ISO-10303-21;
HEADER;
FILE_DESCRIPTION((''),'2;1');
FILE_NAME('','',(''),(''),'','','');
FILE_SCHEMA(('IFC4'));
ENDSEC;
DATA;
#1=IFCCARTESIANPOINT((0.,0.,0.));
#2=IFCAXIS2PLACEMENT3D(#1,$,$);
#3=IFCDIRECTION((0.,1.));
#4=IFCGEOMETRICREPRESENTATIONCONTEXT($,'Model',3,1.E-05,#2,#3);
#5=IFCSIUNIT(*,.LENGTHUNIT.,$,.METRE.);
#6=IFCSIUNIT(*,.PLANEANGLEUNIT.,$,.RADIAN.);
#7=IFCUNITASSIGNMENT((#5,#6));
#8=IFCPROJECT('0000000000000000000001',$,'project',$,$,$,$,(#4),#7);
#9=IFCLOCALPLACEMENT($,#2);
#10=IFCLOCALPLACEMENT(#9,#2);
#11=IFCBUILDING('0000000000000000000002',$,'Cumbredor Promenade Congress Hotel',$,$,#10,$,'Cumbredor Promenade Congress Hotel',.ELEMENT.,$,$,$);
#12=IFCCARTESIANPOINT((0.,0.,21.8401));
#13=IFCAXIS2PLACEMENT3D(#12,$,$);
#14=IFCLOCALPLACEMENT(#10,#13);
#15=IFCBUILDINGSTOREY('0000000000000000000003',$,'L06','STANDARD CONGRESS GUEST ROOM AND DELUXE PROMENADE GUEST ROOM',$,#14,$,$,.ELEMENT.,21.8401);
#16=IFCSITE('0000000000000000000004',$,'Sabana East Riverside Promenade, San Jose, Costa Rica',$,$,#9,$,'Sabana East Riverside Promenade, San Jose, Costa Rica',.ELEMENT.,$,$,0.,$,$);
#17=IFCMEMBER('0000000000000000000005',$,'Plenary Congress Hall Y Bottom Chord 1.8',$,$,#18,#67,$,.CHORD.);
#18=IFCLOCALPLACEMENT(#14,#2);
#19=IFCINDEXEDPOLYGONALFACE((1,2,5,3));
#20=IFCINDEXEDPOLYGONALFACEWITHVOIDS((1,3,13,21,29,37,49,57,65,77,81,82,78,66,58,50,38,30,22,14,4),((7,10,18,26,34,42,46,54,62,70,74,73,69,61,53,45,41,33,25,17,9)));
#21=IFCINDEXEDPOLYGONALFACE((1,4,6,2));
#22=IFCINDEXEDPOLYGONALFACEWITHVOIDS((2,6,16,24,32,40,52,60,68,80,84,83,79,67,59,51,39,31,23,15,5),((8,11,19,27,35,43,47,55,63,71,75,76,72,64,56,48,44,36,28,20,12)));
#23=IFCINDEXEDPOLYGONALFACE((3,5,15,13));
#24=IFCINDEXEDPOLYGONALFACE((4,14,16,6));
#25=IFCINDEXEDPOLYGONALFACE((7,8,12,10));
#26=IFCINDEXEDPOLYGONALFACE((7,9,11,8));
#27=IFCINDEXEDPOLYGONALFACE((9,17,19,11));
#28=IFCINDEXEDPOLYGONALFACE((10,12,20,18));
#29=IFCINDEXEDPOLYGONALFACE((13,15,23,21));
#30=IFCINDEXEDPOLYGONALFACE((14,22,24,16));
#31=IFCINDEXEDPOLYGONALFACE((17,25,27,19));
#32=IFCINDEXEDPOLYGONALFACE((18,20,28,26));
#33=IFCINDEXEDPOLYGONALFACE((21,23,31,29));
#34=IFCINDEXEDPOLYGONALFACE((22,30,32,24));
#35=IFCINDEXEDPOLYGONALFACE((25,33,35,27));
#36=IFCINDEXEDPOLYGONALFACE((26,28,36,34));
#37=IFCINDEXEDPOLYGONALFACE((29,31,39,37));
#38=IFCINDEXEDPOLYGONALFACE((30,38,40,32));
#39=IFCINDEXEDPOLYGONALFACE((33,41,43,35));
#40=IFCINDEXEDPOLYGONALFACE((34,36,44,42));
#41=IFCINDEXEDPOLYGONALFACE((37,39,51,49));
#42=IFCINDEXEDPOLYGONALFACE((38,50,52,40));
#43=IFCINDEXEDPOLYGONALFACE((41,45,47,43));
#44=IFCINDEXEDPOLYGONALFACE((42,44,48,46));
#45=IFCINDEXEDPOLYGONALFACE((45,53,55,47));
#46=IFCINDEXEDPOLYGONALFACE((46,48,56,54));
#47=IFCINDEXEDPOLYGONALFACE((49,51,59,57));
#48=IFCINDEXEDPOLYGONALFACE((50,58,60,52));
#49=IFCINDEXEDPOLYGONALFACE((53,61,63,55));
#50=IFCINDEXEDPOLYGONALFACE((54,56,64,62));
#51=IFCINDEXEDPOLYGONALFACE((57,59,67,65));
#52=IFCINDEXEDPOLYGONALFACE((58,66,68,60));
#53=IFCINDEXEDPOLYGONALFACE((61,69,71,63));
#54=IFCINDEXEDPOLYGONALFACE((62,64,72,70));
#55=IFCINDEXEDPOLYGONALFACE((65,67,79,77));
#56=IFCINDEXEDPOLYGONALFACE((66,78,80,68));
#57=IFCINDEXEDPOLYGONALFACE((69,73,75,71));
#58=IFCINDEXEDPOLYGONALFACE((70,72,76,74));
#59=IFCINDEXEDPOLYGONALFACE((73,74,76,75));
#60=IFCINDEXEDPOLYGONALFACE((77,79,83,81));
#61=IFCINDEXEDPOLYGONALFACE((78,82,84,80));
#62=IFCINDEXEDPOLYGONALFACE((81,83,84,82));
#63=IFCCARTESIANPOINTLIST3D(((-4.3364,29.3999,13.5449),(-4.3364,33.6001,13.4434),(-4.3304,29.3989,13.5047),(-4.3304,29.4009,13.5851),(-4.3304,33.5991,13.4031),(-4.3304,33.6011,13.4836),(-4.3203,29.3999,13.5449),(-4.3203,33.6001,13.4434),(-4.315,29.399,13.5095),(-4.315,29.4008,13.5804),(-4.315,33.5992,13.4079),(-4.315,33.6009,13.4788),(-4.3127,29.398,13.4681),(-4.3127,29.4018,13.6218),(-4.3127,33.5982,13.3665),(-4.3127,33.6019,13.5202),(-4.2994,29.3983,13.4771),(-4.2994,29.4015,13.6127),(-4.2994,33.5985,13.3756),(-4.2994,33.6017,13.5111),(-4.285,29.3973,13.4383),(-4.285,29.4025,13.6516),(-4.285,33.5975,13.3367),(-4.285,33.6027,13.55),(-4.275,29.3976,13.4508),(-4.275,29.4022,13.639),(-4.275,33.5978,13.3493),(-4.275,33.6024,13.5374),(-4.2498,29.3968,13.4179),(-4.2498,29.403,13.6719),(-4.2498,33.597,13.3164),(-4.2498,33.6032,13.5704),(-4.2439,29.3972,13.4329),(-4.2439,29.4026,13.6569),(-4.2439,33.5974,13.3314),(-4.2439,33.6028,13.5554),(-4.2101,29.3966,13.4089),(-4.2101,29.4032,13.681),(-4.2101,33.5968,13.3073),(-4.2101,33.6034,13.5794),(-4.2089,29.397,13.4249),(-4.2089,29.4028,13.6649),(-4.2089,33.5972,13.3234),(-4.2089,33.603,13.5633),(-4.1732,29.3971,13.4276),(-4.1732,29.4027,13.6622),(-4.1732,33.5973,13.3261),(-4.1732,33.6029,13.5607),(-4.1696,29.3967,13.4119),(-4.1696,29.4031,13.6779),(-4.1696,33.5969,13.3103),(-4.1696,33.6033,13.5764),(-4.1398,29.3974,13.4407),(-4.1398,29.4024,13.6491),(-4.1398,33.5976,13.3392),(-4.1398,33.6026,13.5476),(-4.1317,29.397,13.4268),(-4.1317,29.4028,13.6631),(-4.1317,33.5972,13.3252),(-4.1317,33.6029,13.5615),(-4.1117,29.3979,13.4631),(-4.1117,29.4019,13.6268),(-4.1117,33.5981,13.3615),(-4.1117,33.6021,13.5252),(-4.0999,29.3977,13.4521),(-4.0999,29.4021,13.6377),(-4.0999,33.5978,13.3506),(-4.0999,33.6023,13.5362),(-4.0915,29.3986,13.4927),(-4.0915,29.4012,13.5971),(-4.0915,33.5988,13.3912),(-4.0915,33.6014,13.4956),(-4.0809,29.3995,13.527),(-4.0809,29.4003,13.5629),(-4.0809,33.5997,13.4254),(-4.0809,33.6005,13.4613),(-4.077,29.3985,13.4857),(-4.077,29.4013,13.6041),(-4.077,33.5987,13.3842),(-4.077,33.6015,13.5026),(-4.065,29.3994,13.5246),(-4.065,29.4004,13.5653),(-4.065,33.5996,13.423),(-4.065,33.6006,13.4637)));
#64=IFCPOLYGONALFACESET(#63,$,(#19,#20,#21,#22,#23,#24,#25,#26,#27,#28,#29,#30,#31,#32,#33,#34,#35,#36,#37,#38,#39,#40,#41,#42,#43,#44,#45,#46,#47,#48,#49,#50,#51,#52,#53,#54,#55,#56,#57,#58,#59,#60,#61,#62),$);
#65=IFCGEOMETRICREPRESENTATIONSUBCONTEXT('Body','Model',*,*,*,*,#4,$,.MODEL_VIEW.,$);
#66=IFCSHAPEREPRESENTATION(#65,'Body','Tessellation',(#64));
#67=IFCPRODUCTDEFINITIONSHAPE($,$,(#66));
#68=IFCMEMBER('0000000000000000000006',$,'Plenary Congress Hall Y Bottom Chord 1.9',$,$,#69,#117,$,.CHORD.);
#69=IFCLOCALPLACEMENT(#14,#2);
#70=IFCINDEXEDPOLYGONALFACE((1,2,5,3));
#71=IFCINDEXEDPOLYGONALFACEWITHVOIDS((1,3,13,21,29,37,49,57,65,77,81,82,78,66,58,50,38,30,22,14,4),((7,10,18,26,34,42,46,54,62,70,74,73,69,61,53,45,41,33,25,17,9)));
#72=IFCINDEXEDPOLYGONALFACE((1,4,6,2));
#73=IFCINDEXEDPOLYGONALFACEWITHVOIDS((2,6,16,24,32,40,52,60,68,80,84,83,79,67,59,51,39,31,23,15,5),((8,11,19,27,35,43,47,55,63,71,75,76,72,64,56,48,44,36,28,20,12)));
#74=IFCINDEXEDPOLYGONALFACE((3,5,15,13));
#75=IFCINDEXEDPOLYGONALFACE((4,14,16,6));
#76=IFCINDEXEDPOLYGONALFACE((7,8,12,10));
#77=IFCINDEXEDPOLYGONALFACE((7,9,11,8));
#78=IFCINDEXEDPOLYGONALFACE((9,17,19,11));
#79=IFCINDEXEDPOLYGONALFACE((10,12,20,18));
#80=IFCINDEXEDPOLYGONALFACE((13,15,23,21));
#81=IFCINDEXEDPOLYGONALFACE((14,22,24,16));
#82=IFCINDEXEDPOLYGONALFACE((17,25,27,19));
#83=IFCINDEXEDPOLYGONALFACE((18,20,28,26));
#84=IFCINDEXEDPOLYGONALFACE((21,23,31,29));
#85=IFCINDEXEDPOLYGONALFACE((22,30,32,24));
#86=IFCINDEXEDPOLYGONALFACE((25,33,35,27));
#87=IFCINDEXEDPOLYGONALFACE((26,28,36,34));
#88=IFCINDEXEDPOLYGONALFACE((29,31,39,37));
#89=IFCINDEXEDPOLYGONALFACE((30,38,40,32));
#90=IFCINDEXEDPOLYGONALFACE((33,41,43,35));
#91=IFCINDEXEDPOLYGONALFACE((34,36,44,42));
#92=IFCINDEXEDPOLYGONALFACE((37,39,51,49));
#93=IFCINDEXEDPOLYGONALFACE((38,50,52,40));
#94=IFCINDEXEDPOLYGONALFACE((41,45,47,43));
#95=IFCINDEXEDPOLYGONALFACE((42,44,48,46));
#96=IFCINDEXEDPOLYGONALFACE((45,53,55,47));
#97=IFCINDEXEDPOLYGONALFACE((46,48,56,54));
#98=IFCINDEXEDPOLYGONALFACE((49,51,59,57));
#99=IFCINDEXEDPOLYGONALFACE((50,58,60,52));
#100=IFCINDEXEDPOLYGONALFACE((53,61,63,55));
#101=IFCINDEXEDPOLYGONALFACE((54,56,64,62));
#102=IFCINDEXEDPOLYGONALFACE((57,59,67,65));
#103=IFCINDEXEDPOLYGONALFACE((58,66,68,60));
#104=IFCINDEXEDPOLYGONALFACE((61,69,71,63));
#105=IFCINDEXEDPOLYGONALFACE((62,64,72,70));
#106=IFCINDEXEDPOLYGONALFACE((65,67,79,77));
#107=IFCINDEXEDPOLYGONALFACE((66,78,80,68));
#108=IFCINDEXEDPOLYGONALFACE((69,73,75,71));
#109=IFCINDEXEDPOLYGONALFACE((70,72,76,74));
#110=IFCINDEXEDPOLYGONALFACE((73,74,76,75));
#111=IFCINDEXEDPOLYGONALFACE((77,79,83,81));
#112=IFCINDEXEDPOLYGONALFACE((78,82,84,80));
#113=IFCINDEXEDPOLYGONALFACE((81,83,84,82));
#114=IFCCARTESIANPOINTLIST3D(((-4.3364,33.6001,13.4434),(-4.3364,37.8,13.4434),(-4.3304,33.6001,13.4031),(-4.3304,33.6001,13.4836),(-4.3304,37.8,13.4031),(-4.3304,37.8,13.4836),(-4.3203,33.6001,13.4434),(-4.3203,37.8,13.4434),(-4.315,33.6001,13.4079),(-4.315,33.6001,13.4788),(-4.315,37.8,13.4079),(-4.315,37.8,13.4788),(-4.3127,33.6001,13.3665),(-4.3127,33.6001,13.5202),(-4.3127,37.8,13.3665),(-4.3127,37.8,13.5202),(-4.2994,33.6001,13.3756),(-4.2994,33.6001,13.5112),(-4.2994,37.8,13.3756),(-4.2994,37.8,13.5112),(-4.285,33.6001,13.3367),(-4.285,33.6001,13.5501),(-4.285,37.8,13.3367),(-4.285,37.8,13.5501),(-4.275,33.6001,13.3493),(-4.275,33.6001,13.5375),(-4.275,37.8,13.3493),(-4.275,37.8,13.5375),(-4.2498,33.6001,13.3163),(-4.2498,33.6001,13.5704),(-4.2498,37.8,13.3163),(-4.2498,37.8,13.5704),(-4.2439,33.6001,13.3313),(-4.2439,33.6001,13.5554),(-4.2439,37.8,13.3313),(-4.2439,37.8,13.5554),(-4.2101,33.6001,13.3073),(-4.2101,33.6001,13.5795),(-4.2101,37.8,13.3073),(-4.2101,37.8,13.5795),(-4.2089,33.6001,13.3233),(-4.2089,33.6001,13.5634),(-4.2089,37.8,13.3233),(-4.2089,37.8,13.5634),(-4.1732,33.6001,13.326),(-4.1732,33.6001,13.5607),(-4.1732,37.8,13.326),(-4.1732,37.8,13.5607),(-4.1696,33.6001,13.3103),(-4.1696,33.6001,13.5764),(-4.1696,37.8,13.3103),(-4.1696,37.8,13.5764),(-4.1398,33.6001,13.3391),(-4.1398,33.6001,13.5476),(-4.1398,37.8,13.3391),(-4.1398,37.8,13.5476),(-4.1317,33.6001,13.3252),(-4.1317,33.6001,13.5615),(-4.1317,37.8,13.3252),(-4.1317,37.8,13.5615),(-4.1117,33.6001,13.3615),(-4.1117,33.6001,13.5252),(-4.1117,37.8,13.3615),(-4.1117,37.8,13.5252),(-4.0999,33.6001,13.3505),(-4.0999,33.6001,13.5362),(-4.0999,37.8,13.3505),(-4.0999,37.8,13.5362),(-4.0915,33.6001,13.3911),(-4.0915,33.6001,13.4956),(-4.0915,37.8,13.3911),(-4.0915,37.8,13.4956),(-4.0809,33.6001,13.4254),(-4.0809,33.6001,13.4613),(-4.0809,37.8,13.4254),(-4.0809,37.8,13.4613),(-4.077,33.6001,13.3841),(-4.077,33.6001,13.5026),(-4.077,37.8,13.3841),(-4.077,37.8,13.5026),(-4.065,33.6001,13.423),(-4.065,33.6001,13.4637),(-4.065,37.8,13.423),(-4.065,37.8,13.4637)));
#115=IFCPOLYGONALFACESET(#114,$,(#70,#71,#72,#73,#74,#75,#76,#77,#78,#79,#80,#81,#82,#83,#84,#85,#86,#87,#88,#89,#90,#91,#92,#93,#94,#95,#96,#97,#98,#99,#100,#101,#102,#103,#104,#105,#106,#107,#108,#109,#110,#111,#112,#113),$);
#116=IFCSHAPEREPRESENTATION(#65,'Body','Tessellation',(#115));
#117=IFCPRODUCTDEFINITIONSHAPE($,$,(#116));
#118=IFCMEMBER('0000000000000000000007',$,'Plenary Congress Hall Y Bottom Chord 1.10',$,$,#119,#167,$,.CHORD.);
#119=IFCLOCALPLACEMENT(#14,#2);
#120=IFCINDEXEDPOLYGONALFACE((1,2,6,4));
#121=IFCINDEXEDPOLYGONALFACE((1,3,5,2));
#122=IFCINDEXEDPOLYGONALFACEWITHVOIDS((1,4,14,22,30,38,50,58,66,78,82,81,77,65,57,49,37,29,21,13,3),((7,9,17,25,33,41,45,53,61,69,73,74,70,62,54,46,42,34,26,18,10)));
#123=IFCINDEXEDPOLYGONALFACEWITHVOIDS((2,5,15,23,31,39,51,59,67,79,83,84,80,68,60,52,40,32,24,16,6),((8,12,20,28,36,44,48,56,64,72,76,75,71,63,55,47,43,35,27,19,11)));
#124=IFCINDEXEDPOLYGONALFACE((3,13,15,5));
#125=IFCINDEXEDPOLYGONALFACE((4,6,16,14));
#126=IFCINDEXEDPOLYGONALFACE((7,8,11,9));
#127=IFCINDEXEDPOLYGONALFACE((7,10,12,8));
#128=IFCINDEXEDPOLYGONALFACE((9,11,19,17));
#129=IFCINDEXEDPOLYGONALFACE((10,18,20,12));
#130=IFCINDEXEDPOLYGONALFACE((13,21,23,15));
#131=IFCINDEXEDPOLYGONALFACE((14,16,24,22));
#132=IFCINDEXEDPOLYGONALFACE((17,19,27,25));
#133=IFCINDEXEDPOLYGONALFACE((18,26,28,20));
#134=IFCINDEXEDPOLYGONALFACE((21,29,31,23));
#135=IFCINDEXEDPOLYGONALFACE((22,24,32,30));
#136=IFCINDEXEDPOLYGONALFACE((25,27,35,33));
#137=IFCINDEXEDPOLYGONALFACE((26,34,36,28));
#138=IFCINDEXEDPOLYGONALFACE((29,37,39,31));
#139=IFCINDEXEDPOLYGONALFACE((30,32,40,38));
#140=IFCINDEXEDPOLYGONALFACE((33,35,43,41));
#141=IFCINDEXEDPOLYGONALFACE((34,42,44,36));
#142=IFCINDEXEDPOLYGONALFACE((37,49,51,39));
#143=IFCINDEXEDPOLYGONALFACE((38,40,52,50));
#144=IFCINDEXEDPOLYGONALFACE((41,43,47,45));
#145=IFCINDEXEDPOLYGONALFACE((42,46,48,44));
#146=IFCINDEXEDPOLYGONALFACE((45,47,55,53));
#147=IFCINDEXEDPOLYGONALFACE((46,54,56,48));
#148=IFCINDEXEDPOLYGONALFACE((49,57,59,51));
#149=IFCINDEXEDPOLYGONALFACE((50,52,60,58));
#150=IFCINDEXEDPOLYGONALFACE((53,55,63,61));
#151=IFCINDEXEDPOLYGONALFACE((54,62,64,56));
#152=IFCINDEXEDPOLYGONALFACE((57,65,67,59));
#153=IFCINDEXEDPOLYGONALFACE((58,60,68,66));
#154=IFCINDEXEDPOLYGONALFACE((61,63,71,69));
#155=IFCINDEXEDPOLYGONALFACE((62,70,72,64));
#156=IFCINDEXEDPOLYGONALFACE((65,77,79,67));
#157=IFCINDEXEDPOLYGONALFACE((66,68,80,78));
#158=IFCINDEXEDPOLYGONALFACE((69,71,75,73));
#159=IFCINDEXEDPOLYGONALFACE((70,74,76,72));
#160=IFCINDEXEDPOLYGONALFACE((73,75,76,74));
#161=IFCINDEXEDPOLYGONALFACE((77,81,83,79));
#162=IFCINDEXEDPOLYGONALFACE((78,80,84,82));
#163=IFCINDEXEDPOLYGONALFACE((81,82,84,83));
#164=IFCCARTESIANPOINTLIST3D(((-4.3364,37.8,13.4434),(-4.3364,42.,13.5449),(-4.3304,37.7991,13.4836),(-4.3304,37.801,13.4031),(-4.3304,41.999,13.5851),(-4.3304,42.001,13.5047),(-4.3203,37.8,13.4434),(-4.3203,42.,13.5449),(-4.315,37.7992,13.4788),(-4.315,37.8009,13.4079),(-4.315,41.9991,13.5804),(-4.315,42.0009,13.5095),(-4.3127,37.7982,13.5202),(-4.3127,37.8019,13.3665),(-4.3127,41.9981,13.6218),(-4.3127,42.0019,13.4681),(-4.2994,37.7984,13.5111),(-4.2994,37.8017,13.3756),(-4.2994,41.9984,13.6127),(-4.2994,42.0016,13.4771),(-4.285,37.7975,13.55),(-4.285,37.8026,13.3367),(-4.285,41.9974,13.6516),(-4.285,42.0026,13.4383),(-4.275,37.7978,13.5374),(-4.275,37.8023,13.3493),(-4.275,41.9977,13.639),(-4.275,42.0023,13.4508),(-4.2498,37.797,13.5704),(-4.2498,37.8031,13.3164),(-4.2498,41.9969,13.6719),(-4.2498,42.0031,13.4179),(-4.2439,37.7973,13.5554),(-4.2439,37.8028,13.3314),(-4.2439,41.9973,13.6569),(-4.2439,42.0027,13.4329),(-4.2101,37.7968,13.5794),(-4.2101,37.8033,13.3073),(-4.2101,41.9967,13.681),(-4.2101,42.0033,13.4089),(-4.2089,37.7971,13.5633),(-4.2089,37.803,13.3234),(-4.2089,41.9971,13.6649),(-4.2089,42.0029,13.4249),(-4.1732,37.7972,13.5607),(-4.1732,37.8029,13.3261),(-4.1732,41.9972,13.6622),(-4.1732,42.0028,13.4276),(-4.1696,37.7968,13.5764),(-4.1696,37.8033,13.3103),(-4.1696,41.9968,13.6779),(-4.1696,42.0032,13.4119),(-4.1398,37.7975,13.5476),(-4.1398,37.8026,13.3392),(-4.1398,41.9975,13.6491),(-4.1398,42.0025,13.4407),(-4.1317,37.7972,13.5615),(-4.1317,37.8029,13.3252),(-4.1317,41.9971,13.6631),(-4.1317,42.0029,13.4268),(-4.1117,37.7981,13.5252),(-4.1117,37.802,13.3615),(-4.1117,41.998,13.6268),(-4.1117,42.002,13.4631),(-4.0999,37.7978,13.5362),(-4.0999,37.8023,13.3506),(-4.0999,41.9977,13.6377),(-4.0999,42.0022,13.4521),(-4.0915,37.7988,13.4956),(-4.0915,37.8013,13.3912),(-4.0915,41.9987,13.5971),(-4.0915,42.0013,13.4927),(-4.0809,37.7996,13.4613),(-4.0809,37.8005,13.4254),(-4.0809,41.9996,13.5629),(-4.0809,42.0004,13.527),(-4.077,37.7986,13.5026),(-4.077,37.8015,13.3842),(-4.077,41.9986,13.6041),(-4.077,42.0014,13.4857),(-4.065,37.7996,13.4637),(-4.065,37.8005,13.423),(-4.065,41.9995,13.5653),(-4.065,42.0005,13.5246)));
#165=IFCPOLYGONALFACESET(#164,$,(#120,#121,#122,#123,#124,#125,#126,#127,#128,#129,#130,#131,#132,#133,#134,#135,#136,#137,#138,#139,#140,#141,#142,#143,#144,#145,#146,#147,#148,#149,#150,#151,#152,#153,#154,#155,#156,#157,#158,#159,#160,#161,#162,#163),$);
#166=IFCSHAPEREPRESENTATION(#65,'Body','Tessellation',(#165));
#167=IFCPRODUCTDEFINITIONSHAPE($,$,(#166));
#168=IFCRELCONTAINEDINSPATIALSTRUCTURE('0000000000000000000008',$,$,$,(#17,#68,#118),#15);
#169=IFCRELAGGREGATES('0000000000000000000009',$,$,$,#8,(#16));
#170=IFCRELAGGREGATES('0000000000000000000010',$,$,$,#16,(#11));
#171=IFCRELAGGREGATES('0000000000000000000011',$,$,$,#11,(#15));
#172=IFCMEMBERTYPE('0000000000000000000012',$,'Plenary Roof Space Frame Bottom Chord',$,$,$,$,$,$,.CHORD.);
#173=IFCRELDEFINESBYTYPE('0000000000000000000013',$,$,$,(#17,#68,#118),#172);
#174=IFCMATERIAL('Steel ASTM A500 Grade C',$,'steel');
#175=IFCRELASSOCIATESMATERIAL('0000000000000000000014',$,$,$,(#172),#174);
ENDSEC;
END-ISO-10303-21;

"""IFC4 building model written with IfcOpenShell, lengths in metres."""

from ifc_helpers import new_model, si_unit, direction, frame, origin, origin_2d, place, context, subcontext, project, spatial, hollow_circle, extrude, material, material_profile, profile_set, type_object, element, save


model = new_model("IFC4")

# Units and contexts
model_context = context("Model", 3, precision=1e-05, world=origin(), true_north=direction((0.0, 1.0)))
body_context = subcontext(model_context, "Body", "Model", "MODEL_VIEW")
ifc_project = project(units=[si_unit("LENGTHUNIT", "METRE"), si_unit("PLANEANGLEUNIT", "RADIAN")], contexts=[model_context])

# Site, building, storey
site_placement = place(None, origin())
site = spatial("IfcSite", under=ifc_project, at=site_placement, Name="Sabana East Riverside Promenade, San Jose, Costa Rica", LongName="Sabana East Riverside Promenade, San Jose, Costa Rica", CompositionType="ELEMENT", RefElevation=0.0)
building_placement = place(site_placement, origin())
building = spatial("IfcBuilding", under=site, at=building_placement, Name="Cumbredor Promenade Congress Hotel", LongName="Cumbredor Promenade Congress Hotel", CompositionType="ELEMENT")
storey_placement = place(building_placement, frame((0.0, 0.0, 21.8401)))
storey = spatial("IfcBuildingStorey", under=building, at=storey_placement, Name="L06", Description="STANDARD CONGRESS GUEST ROOM AND DELUXE PROMENADE GUEST ROOM", CompositionType="ELEMENT", Elevation=21.8401)

# Members
ifc_material_1 = material(Name="Steel ASTM A500 Grade C", Category="steel")
ifc_material_profile_1 = material_profile(ifc_material_1, hollow_circle(Radius=0.1365, WallThickness=0.0161, at=origin_2d()), Name="CHS 273.0x16")
ifc_profile_set_1 = profile_set([ifc_material_profile_1], Name="Steel ASTM A500 Grade C")
member_type_1 = type_object("IfcMemberType", Name="Plenary Roof Space Frame Bottom Chord", PredefinedType="CHORD", material=ifc_profile_set_1)
member_1_placement = place(storey_placement, frame((-4.2, 29.3999, 13.5449), z_axis=(0.0, 0.999708, -0.024173), x_axis=(-1.0, 0.0, 0.0)))
element("IfcMember", 1, at=member_1_placement, inside=storey, type_object=member_type_1, Name="Plenary Congress Hall Y Bottom Chord 1.8", PredefinedType="CHORD", context=body_context, shape_type="SweptSolid", body=[
    extrude(hollow_circle(Radius=0.1365, WallThickness=0.0161, at=origin_2d()), origin(), (0.0, 0.0, 1.0), 4.2014),
])
member_2_placement = place(storey_placement, frame((-4.2, 33.6001, 13.4434), z_axis=(0.0, 1.0, 0.0), x_axis=(-1.0, 0.0, 0.0)))
element("IfcMember", 2, at=member_2_placement, inside=storey, type_object=member_type_1, Name="Plenary Congress Hall Y Bottom Chord 1.9", PredefinedType="CHORD", context=body_context, shape_type="SweptSolid", body=[
    extrude(hollow_circle(Radius=0.1365, WallThickness=0.0161, at=origin_2d()), origin(), (0.0, 0.0, 1.0), 4.2),
])
member_3_placement = place(storey_placement, frame((-4.2, 37.8, 13.4434), z_axis=(0.0, 0.999708, 0.024175), x_axis=(-1.0, 0.0, 0.0)))
element("IfcMember", 3, at=member_3_placement, inside=storey, type_object=member_type_1, Name="Plenary Congress Hall Y Bottom Chord 1.10", PredefinedType="CHORD", context=body_context, shape_type="SweptSolid", body=[
    extrude(hollow_circle(Radius=0.1365, WallThickness=0.0161, at=origin_2d()), origin(), (0.0, 0.0, 1.0), 4.2012),
])

save(model, "model.ifc")
